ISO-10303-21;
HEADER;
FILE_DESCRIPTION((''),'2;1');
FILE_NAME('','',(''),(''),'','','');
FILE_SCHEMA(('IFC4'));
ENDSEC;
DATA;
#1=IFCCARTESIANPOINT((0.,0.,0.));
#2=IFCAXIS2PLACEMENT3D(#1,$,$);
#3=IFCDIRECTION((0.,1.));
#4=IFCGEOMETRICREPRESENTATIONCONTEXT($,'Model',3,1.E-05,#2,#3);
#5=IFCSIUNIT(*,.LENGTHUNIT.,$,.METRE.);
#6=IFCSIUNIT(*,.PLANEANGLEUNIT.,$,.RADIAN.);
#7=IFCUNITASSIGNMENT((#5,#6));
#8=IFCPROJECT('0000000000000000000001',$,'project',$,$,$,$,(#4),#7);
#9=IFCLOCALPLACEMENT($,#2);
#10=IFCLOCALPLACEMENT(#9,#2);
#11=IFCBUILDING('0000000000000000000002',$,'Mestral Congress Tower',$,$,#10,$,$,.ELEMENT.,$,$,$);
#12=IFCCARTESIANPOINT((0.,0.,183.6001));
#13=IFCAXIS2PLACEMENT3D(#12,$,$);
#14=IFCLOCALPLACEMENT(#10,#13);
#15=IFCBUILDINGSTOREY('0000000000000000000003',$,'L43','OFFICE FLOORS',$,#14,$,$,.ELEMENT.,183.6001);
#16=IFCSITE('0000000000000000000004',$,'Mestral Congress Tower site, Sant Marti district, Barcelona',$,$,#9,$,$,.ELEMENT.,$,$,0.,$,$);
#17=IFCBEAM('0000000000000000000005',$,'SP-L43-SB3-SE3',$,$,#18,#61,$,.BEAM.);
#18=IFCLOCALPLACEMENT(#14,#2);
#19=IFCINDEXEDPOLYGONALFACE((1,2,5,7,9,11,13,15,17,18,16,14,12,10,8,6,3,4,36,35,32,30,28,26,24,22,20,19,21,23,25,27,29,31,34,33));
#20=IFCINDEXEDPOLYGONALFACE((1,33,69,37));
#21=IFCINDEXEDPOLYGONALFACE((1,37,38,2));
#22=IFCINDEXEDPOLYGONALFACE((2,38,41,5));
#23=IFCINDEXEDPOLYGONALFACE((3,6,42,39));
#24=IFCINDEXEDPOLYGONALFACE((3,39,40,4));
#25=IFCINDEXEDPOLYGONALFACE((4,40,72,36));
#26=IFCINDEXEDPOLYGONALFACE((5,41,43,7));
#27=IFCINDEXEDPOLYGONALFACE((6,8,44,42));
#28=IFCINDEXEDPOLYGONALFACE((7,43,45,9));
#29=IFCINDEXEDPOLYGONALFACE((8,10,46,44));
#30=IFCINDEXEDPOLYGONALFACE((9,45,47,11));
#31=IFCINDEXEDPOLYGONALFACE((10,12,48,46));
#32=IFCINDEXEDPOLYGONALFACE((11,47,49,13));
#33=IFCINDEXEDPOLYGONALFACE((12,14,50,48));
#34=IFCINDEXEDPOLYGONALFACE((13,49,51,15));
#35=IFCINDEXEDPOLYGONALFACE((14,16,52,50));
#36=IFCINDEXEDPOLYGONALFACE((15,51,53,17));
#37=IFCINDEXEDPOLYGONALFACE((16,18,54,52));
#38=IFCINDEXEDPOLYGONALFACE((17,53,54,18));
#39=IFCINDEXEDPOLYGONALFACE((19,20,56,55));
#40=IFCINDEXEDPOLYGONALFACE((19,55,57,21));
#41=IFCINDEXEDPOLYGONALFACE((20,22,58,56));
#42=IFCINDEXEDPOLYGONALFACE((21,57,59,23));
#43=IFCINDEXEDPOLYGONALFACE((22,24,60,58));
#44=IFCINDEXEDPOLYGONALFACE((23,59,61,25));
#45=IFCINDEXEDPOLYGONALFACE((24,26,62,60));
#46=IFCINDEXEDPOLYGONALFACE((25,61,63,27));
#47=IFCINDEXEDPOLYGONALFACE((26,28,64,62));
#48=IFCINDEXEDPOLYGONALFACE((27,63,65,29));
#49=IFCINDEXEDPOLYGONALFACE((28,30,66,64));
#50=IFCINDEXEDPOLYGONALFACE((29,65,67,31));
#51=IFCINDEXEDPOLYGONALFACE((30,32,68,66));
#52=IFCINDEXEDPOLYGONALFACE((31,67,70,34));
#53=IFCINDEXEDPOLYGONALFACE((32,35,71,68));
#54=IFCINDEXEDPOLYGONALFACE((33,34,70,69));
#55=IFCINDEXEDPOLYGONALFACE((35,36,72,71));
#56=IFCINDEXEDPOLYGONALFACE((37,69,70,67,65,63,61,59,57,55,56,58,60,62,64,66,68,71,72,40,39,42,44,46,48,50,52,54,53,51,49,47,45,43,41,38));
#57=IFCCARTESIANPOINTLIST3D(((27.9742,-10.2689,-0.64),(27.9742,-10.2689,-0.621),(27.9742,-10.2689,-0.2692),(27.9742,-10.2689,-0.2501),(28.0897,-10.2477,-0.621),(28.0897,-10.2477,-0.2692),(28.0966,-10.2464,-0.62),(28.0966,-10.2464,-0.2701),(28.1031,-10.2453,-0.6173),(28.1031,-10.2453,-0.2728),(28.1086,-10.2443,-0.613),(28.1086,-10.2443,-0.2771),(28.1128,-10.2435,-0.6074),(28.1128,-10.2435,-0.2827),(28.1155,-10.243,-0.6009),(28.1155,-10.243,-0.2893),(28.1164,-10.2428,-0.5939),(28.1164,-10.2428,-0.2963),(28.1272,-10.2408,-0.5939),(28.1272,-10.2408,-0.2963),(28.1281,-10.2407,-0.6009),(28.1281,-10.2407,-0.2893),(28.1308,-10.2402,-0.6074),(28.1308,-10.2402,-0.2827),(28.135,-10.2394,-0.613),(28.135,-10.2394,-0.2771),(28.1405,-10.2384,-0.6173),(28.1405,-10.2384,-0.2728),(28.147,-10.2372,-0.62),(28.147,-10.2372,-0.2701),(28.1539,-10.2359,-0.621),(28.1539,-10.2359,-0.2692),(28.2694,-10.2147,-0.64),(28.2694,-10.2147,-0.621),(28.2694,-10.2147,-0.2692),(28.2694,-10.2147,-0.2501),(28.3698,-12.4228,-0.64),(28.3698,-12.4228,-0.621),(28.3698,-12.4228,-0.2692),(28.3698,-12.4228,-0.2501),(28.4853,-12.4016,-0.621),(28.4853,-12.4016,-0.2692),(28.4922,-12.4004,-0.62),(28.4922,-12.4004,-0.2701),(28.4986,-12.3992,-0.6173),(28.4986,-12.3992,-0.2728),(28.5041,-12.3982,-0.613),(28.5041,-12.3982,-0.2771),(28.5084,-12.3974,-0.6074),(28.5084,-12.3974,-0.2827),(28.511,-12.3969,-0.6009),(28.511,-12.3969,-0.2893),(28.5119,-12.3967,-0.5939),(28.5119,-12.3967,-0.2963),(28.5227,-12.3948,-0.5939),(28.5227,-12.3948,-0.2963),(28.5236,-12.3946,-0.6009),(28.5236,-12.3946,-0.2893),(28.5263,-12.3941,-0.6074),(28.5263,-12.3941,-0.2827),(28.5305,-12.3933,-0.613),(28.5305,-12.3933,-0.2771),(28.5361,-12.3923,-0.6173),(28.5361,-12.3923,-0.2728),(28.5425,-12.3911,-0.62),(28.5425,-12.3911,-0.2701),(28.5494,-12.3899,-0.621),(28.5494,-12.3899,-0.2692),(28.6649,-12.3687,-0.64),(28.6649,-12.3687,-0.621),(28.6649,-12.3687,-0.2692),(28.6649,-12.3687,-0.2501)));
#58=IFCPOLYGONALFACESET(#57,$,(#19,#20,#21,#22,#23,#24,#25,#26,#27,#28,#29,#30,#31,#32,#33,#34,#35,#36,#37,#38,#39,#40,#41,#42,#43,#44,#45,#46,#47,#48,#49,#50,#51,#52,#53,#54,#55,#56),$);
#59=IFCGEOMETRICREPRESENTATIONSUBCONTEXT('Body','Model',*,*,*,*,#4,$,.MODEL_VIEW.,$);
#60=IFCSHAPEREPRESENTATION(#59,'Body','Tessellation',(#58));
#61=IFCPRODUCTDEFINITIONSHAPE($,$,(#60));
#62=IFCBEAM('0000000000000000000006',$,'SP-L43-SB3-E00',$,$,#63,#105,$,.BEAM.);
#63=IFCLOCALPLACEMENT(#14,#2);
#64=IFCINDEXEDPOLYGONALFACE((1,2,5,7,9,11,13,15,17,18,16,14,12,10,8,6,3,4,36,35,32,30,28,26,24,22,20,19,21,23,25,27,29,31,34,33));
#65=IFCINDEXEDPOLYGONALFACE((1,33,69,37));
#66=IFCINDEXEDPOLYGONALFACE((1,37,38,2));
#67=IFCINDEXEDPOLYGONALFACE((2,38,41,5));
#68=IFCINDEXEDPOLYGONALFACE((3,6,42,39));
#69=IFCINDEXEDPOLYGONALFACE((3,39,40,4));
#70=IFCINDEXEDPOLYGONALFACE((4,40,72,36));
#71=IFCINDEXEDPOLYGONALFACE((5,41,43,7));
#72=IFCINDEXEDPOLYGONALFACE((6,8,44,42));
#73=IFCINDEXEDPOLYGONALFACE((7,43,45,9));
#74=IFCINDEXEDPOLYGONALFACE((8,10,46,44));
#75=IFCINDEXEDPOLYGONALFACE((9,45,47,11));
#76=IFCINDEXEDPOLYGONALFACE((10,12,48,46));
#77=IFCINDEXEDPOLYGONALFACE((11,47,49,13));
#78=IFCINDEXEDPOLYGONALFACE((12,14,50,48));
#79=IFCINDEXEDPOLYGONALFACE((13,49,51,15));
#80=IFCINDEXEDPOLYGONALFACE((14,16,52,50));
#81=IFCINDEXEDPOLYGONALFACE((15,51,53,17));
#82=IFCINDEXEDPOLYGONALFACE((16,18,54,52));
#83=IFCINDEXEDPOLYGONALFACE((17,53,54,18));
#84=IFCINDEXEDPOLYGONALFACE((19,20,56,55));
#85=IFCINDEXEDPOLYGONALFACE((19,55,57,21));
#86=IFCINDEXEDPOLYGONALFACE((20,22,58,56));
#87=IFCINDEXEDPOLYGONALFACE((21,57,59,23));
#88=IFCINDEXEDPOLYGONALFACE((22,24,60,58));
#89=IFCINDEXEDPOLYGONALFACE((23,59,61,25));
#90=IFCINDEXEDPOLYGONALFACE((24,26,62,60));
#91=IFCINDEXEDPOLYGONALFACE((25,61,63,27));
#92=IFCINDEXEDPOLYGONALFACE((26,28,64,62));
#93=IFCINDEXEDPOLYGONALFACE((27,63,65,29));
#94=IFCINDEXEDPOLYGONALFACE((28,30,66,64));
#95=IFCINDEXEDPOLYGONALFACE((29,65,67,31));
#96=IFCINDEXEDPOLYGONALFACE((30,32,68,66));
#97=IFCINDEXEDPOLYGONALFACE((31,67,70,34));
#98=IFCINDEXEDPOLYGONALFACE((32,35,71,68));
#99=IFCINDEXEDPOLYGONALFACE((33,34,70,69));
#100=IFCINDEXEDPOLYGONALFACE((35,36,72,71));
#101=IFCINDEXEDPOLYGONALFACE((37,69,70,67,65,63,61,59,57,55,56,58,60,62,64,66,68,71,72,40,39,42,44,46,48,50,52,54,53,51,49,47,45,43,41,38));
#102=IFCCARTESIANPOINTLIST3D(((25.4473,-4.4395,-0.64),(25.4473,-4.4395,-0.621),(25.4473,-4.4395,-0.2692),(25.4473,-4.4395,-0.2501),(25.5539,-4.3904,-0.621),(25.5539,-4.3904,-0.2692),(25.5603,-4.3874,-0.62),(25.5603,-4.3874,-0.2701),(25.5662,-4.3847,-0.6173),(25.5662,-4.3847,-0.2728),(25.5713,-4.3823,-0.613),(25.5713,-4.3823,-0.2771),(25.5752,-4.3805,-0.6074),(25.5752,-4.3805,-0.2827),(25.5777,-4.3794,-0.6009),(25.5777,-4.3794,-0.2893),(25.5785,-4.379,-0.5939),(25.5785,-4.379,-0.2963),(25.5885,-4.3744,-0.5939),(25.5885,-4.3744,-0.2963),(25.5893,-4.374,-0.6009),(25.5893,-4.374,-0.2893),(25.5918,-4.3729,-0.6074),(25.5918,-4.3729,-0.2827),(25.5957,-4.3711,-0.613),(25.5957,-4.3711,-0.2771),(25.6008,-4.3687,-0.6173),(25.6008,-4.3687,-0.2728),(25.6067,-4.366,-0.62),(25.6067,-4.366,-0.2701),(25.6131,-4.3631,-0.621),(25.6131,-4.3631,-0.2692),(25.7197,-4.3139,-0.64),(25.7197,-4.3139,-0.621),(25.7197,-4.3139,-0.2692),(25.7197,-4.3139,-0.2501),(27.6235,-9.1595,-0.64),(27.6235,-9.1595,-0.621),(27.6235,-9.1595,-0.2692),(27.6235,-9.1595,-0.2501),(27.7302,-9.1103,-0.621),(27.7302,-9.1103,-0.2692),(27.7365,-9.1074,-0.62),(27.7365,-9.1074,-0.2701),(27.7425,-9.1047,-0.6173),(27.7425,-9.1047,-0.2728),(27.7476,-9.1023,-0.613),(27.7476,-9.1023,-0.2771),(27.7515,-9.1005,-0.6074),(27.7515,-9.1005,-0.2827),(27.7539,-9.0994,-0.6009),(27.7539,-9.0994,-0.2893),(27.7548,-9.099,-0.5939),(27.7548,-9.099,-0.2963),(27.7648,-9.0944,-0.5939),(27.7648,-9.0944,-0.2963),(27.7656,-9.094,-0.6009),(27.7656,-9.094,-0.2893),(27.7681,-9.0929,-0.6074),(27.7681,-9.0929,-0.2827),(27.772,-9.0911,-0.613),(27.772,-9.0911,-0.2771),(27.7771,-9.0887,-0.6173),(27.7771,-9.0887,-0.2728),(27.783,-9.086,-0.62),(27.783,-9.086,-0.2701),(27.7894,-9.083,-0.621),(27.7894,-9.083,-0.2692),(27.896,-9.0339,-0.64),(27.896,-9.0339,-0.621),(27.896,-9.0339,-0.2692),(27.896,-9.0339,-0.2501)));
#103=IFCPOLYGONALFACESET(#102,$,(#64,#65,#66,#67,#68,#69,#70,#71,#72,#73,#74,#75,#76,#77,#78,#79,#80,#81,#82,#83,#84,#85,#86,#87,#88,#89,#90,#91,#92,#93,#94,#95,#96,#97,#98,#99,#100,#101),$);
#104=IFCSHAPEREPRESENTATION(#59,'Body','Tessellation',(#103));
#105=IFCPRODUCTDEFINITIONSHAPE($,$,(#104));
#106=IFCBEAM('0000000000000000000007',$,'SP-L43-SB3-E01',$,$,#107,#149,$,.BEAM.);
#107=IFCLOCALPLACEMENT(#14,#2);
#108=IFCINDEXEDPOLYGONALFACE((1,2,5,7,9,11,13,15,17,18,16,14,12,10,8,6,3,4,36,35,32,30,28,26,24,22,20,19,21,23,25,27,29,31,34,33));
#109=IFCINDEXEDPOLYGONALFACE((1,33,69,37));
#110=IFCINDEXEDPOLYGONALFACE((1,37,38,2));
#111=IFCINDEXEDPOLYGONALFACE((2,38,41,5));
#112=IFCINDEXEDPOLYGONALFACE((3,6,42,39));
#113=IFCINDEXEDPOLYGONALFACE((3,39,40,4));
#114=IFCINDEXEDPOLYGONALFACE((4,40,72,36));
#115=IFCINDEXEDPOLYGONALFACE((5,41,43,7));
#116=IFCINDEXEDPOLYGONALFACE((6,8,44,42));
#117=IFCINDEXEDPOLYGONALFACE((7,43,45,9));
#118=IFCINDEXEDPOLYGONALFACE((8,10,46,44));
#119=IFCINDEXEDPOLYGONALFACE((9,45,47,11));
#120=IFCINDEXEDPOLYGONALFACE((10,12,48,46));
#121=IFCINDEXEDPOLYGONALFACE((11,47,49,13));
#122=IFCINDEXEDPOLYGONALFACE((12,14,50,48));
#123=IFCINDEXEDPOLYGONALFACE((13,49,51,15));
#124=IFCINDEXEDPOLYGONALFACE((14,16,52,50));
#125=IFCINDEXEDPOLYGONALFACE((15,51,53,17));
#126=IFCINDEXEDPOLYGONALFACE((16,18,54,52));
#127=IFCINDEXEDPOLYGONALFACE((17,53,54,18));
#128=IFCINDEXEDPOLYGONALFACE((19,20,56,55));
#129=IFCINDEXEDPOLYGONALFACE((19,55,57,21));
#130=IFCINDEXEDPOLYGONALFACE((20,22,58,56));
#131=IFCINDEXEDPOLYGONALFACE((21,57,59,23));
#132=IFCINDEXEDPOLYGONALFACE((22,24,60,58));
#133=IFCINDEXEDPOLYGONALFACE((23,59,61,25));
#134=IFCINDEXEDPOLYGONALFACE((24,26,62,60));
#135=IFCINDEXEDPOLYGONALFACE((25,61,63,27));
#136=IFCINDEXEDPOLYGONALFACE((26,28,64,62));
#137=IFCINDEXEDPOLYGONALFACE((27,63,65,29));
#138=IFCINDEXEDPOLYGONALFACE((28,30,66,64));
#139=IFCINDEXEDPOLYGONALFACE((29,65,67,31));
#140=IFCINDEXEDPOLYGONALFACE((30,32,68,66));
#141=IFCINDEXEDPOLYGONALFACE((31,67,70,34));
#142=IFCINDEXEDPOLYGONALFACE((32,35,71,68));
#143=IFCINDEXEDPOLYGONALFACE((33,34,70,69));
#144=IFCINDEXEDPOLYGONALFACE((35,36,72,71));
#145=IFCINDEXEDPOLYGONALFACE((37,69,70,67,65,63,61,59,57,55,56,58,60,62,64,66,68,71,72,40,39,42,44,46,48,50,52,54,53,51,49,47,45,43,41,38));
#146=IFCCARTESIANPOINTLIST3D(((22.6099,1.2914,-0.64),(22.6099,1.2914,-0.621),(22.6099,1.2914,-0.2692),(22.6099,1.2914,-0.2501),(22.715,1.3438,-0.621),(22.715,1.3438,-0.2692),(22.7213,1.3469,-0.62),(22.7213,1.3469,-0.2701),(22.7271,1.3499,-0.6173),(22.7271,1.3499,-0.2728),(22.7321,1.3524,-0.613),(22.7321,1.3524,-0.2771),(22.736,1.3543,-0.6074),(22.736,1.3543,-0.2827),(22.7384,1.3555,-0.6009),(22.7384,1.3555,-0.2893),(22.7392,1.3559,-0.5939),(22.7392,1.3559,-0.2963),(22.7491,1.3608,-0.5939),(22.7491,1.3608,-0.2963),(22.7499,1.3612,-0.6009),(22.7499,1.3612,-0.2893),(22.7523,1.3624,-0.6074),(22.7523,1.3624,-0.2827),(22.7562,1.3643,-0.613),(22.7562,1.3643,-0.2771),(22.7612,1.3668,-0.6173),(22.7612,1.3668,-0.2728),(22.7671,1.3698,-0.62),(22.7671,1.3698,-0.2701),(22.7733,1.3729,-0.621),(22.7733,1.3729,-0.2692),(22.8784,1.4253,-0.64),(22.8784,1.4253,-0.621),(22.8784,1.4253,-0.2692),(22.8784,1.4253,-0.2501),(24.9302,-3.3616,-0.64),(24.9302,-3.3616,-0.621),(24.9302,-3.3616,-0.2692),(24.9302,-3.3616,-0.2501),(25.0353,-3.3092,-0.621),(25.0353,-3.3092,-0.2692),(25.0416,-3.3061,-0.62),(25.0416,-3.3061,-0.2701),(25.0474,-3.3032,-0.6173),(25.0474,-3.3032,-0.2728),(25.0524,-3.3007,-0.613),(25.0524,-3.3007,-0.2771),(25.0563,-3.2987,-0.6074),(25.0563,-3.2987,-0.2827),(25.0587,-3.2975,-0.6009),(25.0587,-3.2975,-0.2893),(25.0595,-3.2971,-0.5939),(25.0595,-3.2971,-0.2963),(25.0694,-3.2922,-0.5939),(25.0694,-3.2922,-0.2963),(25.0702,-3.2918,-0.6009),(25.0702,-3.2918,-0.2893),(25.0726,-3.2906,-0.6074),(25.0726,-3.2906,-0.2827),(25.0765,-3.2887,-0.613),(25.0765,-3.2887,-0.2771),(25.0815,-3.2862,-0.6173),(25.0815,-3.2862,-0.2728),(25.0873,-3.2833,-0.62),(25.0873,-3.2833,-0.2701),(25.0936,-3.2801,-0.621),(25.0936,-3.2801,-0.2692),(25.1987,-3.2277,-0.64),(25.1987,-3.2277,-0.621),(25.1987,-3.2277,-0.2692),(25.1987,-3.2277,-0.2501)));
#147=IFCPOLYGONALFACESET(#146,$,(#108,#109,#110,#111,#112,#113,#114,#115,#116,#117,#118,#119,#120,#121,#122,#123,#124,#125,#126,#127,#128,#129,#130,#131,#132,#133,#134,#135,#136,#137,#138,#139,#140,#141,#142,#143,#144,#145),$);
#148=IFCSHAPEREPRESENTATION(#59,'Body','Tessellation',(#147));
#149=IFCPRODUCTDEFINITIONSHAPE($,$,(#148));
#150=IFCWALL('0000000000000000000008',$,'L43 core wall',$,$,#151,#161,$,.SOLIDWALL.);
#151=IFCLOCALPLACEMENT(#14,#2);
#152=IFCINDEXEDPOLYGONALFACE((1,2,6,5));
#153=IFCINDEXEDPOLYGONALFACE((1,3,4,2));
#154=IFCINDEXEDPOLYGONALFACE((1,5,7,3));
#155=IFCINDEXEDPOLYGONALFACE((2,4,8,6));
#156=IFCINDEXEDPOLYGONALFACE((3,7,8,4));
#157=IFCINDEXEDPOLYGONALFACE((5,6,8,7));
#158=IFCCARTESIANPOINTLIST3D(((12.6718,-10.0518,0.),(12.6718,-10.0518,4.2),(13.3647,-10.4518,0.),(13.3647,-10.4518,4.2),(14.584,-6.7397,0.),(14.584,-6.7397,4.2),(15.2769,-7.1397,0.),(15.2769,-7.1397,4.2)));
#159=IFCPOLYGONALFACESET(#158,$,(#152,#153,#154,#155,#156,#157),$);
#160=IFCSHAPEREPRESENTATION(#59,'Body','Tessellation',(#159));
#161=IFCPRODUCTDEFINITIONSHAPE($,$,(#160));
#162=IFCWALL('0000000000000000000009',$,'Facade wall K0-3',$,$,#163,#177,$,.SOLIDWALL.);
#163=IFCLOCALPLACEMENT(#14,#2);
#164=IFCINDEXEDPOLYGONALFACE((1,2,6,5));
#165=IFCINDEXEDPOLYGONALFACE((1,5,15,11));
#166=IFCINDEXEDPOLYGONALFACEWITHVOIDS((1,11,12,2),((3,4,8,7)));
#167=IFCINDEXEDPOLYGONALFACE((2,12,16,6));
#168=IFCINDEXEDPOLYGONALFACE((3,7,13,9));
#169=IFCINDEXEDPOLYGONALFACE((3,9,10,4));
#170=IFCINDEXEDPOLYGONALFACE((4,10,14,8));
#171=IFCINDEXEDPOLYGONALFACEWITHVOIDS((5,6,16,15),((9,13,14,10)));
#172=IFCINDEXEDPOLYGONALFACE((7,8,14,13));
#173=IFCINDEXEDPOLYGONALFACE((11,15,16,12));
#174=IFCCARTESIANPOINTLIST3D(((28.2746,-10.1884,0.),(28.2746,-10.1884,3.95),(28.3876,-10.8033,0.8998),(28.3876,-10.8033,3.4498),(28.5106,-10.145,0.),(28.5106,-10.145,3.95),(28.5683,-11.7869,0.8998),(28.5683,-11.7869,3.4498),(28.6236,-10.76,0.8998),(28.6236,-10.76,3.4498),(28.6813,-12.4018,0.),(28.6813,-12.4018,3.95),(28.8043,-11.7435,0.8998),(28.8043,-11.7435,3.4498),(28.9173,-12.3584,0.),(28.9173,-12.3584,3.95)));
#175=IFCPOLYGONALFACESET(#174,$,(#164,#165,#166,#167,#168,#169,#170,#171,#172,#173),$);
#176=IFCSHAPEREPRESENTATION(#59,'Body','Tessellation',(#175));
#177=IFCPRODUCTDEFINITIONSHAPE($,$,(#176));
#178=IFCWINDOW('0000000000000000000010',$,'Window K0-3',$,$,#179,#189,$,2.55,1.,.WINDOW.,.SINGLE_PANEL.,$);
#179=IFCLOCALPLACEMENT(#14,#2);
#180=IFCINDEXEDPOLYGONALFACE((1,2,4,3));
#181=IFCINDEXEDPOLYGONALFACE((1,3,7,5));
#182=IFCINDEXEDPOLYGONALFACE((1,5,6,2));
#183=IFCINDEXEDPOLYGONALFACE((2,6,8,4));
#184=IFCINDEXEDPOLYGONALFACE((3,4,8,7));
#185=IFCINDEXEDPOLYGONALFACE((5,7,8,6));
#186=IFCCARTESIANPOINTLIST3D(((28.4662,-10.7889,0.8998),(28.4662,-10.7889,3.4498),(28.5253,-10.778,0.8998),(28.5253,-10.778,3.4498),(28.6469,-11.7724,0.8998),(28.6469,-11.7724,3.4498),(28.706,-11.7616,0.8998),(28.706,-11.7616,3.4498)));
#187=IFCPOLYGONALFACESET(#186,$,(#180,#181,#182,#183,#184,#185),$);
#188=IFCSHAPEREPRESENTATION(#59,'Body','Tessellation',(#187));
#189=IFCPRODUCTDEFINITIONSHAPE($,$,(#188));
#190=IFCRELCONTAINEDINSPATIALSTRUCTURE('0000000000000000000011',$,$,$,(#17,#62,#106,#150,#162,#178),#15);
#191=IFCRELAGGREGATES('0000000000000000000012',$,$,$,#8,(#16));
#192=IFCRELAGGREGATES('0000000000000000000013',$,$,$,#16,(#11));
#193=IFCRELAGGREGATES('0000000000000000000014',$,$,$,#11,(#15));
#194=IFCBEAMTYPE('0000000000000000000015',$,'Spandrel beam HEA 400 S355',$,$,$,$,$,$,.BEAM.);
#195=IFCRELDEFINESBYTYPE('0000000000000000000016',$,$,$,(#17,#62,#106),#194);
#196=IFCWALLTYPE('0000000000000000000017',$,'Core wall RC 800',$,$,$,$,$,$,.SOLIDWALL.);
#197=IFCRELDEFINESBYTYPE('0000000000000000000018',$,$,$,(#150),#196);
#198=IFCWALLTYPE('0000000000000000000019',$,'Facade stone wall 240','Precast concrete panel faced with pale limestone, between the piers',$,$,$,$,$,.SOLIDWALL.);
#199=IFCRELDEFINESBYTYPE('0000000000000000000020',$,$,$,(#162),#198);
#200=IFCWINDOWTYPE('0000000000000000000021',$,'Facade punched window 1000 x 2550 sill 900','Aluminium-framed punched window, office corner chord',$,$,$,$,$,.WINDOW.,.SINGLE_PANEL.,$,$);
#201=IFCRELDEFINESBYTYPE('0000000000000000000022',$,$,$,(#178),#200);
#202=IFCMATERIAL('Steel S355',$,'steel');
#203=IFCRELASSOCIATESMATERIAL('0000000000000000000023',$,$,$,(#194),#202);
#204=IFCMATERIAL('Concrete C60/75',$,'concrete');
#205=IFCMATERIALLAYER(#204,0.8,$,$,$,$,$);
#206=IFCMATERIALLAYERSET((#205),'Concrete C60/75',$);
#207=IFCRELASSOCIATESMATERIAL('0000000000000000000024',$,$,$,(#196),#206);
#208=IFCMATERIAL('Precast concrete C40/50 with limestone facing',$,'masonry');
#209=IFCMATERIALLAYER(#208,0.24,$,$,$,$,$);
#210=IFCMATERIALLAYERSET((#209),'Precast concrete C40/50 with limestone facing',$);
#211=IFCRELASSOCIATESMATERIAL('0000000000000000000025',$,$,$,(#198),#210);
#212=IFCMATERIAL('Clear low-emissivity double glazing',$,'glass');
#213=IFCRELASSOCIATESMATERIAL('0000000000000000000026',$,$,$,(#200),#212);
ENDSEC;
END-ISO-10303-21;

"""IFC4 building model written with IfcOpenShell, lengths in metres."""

from ifc_helpers import new_model, si_unit, direction, frame, frame_2d, origin, origin_2d, place, context, subcontext, project, spatial, rectangle, i_section, extrude, material, layer, layer_set, material_profile, profile_set, type_object, element, fill, save


model = new_model("IFC4")

# Units and contexts
model_context = context("Model", 3, precision=1e-05, world=origin(), true_north=direction((0.0, 1.0)))
body_context = subcontext(model_context, "Body", "Model", "MODEL_VIEW")
ifc_project = project(units=[si_unit("LENGTHUNIT", "METRE"), si_unit("PLANEANGLEUNIT", "RADIAN")], contexts=[model_context])

# Site, building, storey
site_placement = place(None, origin())
site = spatial("IfcSite", under=ifc_project, at=site_placement, Name="Mestral Congress Tower site, Sant Marti district, Barcelona", CompositionType="ELEMENT", RefElevation=0.0)
building_placement = place(site_placement, origin())
building = spatial("IfcBuilding", under=site, at=building_placement, Name="Mestral Congress Tower", CompositionType="ELEMENT")
storey_placement = place(building_placement, frame((0.0, 0.0, 183.6001)))
storey = spatial("IfcBuildingStorey", under=building, at=storey_placement, Name="L43", Description="OFFICE FLOORS", CompositionType="ELEMENT", Elevation=183.6001)

# Shared definitions
ifc_material_1 = material(Name="Concrete C60/75", Category="concrete")

# Beams
ifc_material_2 = material(Name="Steel S355", Category="steel")
ifc_material_profile_1 = material_profile(ifc_material_2, i_section(OverallWidth=0.3, OverallDepth=0.3899, WebThickness=0.011, FlangeThickness=0.019, FilletRadius=0.0271, at=origin_2d()), Name="HEA 400")
ifc_profile_set_1 = profile_set([ifc_material_profile_1], Name="Steel S355")
beam_type_1 = type_object("IfcBeamType", Name="Spandrel beam HEA 400 S355", PredefinedType="BEAM", material=ifc_profile_set_1)
beam_1_placement = place(storey_placement, frame((28.5173, -12.3958, -0.4451), z_axis=(-0.180612, 0.983554, 0.0), x_axis=(-0.983554, -0.180612, 0.0)))
element("IfcBeam", 1, at=beam_1_placement, inside=storey, type_object=beam_type_1, Name="SP-L43-SB3-SE3", PredefinedType="BEAM", context=body_context, shape_type="SweptSolid", body=[
    extrude(i_section(OverallWidth=0.3, OverallDepth=0.3899, WebThickness=0.011, FlangeThickness=0.019, FilletRadius=0.0271, at=origin_2d()), origin(), (0.0, 0.0, 1.0), 2.1899),
])
beam_2_placement = place(storey_placement, frame((27.7598, -9.0967, -0.4451), z_axis=(-0.418713, 0.908119, 0.0), x_axis=(-0.908119, -0.418713, 0.0)))
element("IfcBeam", 2, at=beam_2_placement, inside=storey, type_object=beam_type_1, Name="SP-L43-SB3-E00", PredefinedType="BEAM", context=body_context, shape_type="SweptSolid", body=[
    extrude(i_section(OverallWidth=0.3, OverallDepth=0.3899, WebThickness=0.011, FlangeThickness=0.019, FilletRadius=0.0271, at=origin_2d()), origin(), (0.0, 0.0, 1.0), 5.1975),
])
beam_3_placement = place(storey_placement, frame((25.0645, -3.2947, -0.4451), z_axis=(-0.446255, 0.894906, 0.0), x_axis=(-0.894906, -0.446255, 0.0)))
element("IfcBeam", 3, at=beam_3_placement, inside=storey, type_object=beam_type_1, Name="SP-L43-SB3-E01", PredefinedType="BEAM", context=body_context, shape_type="SweptSolid", body=[
    extrude(i_section(OverallWidth=0.3, OverallDepth=0.3899, WebThickness=0.011, FlangeThickness=0.019, FilletRadius=0.0271, at=origin_2d()), origin(), (0.0, 0.0, 1.0), 5.1995),
])

# Wall
ifc_layer_1 = layer(ifc_material_1, 0.8)
ifc_layer_set_1 = layer_set([ifc_layer_1], Name="Concrete C60/75")
wall_type_1 = type_object("IfcWallType", Name="Core wall RC 800", PredefinedType="SOLIDWALL", material=ifc_layer_set_1)
wall_1_placement = place(storey_placement, frame((13.0183, -10.2517, 0.0), z_axis=(0.0, 0.0, 1.0), x_axis=(0.499984, 0.866035, 0.0)))
element("IfcWall", 4, at=wall_1_placement, inside=storey, type_object=wall_type_1, Name="L43 core wall", PredefinedType="SOLIDWALL", context=body_context, shape_type="SweptSolid", body=[
    extrude(rectangle(XDim=3.8245, YDim=0.8, at=frame_2d((1.9121, 0.0))), origin(), (0.0, 0.0, 1.0), 4.2),
])

# Wall, opening, window
ifc_material_3 = material(Name="Precast concrete C40/50 with limestone facing", Category="masonry")
ifc_layer_2 = layer(ifc_material_3, 0.24)
ifc_layer_set_2 = layer_set([ifc_layer_2], Name="Precast concrete C40/50 with limestone facing")
wall_type_2 = type_object("IfcWallType", Name="Facade stone wall 240", Description="Precast concrete panel faced with pale limestone, between the piers", PredefinedType="SOLIDWALL", material=ifc_layer_set_2)
wall_2_placement = place(storey_placement, frame((28.7993, -12.3801, 0.0), z_axis=(0.0, 0.0, 1.0), x_axis=(-0.180737, 0.983531, 0.0)))
wall_2 = element("IfcWall", 5, at=wall_2_placement, inside=storey, type_object=wall_type_2, Name="Facade wall K0-3", PredefinedType="SOLIDWALL", context=body_context, shape_type="SweptSolid", body=[
    extrude(rectangle(XDim=2.2505, YDim=0.24, at=frame_2d((1.1252, 0.0))), origin(), (0.0, 0.0, 1.0), 3.95),
])
opening_1_placement = place(wall_2_placement, frame((0.6252, 0.0, 0.8999)))
opening_1 = element("IfcOpeningElement", 6, at=opening_1_placement, cuts=wall_2, PredefinedType="OPENING", context=body_context, shape_type="SweptSolid", body=[
    extrude(rectangle(XDim=1.0, YDim=2.55, at=frame_2d((0.5, 1.2749))), frame((0.0, 0.1299, 0.0), z_axis=(0.0, -1.0, 0.0), x_axis=(1.0, 0.0, 0.0)), (0.0, 0.0, 1.0), 0.26),
])
ifc_material_4 = material(Name="Clear low-emissivity double glazing", Category="glass")
window_type_1 = type_object("IfcWindowType", Name="Facade punched window 1000 x 2550 sill 900", Description="Aluminium-framed punched window, office corner chord", PartitioningType="SINGLE_PANEL", PredefinedType="WINDOW", material=ifc_material_4)
window_1_placement = place(opening_1_placement, origin())
window_1 = element("IfcWindow", 7, at=window_1_placement, inside=storey, type_object=window_type_1, Name="Window K0-3", OverallHeight=2.55, OverallWidth=1.0, PartitioningType="SINGLE_PANEL", PredefinedType="WINDOW", context=body_context, shape_type="SweptSolid", body=[
    extrude(rectangle(XDim=1.0, YDim=2.55, at=frame_2d((0.5, 1.2749))), frame((0.0, 0.04, 0.0), z_axis=(0.0, -1.0, 0.0), x_axis=(1.0, 0.0, 0.0)), (0.0, 0.0, 1.0), 0.0601),
])
fill(opening_1, window_1)

save(model, "model.ifc")
